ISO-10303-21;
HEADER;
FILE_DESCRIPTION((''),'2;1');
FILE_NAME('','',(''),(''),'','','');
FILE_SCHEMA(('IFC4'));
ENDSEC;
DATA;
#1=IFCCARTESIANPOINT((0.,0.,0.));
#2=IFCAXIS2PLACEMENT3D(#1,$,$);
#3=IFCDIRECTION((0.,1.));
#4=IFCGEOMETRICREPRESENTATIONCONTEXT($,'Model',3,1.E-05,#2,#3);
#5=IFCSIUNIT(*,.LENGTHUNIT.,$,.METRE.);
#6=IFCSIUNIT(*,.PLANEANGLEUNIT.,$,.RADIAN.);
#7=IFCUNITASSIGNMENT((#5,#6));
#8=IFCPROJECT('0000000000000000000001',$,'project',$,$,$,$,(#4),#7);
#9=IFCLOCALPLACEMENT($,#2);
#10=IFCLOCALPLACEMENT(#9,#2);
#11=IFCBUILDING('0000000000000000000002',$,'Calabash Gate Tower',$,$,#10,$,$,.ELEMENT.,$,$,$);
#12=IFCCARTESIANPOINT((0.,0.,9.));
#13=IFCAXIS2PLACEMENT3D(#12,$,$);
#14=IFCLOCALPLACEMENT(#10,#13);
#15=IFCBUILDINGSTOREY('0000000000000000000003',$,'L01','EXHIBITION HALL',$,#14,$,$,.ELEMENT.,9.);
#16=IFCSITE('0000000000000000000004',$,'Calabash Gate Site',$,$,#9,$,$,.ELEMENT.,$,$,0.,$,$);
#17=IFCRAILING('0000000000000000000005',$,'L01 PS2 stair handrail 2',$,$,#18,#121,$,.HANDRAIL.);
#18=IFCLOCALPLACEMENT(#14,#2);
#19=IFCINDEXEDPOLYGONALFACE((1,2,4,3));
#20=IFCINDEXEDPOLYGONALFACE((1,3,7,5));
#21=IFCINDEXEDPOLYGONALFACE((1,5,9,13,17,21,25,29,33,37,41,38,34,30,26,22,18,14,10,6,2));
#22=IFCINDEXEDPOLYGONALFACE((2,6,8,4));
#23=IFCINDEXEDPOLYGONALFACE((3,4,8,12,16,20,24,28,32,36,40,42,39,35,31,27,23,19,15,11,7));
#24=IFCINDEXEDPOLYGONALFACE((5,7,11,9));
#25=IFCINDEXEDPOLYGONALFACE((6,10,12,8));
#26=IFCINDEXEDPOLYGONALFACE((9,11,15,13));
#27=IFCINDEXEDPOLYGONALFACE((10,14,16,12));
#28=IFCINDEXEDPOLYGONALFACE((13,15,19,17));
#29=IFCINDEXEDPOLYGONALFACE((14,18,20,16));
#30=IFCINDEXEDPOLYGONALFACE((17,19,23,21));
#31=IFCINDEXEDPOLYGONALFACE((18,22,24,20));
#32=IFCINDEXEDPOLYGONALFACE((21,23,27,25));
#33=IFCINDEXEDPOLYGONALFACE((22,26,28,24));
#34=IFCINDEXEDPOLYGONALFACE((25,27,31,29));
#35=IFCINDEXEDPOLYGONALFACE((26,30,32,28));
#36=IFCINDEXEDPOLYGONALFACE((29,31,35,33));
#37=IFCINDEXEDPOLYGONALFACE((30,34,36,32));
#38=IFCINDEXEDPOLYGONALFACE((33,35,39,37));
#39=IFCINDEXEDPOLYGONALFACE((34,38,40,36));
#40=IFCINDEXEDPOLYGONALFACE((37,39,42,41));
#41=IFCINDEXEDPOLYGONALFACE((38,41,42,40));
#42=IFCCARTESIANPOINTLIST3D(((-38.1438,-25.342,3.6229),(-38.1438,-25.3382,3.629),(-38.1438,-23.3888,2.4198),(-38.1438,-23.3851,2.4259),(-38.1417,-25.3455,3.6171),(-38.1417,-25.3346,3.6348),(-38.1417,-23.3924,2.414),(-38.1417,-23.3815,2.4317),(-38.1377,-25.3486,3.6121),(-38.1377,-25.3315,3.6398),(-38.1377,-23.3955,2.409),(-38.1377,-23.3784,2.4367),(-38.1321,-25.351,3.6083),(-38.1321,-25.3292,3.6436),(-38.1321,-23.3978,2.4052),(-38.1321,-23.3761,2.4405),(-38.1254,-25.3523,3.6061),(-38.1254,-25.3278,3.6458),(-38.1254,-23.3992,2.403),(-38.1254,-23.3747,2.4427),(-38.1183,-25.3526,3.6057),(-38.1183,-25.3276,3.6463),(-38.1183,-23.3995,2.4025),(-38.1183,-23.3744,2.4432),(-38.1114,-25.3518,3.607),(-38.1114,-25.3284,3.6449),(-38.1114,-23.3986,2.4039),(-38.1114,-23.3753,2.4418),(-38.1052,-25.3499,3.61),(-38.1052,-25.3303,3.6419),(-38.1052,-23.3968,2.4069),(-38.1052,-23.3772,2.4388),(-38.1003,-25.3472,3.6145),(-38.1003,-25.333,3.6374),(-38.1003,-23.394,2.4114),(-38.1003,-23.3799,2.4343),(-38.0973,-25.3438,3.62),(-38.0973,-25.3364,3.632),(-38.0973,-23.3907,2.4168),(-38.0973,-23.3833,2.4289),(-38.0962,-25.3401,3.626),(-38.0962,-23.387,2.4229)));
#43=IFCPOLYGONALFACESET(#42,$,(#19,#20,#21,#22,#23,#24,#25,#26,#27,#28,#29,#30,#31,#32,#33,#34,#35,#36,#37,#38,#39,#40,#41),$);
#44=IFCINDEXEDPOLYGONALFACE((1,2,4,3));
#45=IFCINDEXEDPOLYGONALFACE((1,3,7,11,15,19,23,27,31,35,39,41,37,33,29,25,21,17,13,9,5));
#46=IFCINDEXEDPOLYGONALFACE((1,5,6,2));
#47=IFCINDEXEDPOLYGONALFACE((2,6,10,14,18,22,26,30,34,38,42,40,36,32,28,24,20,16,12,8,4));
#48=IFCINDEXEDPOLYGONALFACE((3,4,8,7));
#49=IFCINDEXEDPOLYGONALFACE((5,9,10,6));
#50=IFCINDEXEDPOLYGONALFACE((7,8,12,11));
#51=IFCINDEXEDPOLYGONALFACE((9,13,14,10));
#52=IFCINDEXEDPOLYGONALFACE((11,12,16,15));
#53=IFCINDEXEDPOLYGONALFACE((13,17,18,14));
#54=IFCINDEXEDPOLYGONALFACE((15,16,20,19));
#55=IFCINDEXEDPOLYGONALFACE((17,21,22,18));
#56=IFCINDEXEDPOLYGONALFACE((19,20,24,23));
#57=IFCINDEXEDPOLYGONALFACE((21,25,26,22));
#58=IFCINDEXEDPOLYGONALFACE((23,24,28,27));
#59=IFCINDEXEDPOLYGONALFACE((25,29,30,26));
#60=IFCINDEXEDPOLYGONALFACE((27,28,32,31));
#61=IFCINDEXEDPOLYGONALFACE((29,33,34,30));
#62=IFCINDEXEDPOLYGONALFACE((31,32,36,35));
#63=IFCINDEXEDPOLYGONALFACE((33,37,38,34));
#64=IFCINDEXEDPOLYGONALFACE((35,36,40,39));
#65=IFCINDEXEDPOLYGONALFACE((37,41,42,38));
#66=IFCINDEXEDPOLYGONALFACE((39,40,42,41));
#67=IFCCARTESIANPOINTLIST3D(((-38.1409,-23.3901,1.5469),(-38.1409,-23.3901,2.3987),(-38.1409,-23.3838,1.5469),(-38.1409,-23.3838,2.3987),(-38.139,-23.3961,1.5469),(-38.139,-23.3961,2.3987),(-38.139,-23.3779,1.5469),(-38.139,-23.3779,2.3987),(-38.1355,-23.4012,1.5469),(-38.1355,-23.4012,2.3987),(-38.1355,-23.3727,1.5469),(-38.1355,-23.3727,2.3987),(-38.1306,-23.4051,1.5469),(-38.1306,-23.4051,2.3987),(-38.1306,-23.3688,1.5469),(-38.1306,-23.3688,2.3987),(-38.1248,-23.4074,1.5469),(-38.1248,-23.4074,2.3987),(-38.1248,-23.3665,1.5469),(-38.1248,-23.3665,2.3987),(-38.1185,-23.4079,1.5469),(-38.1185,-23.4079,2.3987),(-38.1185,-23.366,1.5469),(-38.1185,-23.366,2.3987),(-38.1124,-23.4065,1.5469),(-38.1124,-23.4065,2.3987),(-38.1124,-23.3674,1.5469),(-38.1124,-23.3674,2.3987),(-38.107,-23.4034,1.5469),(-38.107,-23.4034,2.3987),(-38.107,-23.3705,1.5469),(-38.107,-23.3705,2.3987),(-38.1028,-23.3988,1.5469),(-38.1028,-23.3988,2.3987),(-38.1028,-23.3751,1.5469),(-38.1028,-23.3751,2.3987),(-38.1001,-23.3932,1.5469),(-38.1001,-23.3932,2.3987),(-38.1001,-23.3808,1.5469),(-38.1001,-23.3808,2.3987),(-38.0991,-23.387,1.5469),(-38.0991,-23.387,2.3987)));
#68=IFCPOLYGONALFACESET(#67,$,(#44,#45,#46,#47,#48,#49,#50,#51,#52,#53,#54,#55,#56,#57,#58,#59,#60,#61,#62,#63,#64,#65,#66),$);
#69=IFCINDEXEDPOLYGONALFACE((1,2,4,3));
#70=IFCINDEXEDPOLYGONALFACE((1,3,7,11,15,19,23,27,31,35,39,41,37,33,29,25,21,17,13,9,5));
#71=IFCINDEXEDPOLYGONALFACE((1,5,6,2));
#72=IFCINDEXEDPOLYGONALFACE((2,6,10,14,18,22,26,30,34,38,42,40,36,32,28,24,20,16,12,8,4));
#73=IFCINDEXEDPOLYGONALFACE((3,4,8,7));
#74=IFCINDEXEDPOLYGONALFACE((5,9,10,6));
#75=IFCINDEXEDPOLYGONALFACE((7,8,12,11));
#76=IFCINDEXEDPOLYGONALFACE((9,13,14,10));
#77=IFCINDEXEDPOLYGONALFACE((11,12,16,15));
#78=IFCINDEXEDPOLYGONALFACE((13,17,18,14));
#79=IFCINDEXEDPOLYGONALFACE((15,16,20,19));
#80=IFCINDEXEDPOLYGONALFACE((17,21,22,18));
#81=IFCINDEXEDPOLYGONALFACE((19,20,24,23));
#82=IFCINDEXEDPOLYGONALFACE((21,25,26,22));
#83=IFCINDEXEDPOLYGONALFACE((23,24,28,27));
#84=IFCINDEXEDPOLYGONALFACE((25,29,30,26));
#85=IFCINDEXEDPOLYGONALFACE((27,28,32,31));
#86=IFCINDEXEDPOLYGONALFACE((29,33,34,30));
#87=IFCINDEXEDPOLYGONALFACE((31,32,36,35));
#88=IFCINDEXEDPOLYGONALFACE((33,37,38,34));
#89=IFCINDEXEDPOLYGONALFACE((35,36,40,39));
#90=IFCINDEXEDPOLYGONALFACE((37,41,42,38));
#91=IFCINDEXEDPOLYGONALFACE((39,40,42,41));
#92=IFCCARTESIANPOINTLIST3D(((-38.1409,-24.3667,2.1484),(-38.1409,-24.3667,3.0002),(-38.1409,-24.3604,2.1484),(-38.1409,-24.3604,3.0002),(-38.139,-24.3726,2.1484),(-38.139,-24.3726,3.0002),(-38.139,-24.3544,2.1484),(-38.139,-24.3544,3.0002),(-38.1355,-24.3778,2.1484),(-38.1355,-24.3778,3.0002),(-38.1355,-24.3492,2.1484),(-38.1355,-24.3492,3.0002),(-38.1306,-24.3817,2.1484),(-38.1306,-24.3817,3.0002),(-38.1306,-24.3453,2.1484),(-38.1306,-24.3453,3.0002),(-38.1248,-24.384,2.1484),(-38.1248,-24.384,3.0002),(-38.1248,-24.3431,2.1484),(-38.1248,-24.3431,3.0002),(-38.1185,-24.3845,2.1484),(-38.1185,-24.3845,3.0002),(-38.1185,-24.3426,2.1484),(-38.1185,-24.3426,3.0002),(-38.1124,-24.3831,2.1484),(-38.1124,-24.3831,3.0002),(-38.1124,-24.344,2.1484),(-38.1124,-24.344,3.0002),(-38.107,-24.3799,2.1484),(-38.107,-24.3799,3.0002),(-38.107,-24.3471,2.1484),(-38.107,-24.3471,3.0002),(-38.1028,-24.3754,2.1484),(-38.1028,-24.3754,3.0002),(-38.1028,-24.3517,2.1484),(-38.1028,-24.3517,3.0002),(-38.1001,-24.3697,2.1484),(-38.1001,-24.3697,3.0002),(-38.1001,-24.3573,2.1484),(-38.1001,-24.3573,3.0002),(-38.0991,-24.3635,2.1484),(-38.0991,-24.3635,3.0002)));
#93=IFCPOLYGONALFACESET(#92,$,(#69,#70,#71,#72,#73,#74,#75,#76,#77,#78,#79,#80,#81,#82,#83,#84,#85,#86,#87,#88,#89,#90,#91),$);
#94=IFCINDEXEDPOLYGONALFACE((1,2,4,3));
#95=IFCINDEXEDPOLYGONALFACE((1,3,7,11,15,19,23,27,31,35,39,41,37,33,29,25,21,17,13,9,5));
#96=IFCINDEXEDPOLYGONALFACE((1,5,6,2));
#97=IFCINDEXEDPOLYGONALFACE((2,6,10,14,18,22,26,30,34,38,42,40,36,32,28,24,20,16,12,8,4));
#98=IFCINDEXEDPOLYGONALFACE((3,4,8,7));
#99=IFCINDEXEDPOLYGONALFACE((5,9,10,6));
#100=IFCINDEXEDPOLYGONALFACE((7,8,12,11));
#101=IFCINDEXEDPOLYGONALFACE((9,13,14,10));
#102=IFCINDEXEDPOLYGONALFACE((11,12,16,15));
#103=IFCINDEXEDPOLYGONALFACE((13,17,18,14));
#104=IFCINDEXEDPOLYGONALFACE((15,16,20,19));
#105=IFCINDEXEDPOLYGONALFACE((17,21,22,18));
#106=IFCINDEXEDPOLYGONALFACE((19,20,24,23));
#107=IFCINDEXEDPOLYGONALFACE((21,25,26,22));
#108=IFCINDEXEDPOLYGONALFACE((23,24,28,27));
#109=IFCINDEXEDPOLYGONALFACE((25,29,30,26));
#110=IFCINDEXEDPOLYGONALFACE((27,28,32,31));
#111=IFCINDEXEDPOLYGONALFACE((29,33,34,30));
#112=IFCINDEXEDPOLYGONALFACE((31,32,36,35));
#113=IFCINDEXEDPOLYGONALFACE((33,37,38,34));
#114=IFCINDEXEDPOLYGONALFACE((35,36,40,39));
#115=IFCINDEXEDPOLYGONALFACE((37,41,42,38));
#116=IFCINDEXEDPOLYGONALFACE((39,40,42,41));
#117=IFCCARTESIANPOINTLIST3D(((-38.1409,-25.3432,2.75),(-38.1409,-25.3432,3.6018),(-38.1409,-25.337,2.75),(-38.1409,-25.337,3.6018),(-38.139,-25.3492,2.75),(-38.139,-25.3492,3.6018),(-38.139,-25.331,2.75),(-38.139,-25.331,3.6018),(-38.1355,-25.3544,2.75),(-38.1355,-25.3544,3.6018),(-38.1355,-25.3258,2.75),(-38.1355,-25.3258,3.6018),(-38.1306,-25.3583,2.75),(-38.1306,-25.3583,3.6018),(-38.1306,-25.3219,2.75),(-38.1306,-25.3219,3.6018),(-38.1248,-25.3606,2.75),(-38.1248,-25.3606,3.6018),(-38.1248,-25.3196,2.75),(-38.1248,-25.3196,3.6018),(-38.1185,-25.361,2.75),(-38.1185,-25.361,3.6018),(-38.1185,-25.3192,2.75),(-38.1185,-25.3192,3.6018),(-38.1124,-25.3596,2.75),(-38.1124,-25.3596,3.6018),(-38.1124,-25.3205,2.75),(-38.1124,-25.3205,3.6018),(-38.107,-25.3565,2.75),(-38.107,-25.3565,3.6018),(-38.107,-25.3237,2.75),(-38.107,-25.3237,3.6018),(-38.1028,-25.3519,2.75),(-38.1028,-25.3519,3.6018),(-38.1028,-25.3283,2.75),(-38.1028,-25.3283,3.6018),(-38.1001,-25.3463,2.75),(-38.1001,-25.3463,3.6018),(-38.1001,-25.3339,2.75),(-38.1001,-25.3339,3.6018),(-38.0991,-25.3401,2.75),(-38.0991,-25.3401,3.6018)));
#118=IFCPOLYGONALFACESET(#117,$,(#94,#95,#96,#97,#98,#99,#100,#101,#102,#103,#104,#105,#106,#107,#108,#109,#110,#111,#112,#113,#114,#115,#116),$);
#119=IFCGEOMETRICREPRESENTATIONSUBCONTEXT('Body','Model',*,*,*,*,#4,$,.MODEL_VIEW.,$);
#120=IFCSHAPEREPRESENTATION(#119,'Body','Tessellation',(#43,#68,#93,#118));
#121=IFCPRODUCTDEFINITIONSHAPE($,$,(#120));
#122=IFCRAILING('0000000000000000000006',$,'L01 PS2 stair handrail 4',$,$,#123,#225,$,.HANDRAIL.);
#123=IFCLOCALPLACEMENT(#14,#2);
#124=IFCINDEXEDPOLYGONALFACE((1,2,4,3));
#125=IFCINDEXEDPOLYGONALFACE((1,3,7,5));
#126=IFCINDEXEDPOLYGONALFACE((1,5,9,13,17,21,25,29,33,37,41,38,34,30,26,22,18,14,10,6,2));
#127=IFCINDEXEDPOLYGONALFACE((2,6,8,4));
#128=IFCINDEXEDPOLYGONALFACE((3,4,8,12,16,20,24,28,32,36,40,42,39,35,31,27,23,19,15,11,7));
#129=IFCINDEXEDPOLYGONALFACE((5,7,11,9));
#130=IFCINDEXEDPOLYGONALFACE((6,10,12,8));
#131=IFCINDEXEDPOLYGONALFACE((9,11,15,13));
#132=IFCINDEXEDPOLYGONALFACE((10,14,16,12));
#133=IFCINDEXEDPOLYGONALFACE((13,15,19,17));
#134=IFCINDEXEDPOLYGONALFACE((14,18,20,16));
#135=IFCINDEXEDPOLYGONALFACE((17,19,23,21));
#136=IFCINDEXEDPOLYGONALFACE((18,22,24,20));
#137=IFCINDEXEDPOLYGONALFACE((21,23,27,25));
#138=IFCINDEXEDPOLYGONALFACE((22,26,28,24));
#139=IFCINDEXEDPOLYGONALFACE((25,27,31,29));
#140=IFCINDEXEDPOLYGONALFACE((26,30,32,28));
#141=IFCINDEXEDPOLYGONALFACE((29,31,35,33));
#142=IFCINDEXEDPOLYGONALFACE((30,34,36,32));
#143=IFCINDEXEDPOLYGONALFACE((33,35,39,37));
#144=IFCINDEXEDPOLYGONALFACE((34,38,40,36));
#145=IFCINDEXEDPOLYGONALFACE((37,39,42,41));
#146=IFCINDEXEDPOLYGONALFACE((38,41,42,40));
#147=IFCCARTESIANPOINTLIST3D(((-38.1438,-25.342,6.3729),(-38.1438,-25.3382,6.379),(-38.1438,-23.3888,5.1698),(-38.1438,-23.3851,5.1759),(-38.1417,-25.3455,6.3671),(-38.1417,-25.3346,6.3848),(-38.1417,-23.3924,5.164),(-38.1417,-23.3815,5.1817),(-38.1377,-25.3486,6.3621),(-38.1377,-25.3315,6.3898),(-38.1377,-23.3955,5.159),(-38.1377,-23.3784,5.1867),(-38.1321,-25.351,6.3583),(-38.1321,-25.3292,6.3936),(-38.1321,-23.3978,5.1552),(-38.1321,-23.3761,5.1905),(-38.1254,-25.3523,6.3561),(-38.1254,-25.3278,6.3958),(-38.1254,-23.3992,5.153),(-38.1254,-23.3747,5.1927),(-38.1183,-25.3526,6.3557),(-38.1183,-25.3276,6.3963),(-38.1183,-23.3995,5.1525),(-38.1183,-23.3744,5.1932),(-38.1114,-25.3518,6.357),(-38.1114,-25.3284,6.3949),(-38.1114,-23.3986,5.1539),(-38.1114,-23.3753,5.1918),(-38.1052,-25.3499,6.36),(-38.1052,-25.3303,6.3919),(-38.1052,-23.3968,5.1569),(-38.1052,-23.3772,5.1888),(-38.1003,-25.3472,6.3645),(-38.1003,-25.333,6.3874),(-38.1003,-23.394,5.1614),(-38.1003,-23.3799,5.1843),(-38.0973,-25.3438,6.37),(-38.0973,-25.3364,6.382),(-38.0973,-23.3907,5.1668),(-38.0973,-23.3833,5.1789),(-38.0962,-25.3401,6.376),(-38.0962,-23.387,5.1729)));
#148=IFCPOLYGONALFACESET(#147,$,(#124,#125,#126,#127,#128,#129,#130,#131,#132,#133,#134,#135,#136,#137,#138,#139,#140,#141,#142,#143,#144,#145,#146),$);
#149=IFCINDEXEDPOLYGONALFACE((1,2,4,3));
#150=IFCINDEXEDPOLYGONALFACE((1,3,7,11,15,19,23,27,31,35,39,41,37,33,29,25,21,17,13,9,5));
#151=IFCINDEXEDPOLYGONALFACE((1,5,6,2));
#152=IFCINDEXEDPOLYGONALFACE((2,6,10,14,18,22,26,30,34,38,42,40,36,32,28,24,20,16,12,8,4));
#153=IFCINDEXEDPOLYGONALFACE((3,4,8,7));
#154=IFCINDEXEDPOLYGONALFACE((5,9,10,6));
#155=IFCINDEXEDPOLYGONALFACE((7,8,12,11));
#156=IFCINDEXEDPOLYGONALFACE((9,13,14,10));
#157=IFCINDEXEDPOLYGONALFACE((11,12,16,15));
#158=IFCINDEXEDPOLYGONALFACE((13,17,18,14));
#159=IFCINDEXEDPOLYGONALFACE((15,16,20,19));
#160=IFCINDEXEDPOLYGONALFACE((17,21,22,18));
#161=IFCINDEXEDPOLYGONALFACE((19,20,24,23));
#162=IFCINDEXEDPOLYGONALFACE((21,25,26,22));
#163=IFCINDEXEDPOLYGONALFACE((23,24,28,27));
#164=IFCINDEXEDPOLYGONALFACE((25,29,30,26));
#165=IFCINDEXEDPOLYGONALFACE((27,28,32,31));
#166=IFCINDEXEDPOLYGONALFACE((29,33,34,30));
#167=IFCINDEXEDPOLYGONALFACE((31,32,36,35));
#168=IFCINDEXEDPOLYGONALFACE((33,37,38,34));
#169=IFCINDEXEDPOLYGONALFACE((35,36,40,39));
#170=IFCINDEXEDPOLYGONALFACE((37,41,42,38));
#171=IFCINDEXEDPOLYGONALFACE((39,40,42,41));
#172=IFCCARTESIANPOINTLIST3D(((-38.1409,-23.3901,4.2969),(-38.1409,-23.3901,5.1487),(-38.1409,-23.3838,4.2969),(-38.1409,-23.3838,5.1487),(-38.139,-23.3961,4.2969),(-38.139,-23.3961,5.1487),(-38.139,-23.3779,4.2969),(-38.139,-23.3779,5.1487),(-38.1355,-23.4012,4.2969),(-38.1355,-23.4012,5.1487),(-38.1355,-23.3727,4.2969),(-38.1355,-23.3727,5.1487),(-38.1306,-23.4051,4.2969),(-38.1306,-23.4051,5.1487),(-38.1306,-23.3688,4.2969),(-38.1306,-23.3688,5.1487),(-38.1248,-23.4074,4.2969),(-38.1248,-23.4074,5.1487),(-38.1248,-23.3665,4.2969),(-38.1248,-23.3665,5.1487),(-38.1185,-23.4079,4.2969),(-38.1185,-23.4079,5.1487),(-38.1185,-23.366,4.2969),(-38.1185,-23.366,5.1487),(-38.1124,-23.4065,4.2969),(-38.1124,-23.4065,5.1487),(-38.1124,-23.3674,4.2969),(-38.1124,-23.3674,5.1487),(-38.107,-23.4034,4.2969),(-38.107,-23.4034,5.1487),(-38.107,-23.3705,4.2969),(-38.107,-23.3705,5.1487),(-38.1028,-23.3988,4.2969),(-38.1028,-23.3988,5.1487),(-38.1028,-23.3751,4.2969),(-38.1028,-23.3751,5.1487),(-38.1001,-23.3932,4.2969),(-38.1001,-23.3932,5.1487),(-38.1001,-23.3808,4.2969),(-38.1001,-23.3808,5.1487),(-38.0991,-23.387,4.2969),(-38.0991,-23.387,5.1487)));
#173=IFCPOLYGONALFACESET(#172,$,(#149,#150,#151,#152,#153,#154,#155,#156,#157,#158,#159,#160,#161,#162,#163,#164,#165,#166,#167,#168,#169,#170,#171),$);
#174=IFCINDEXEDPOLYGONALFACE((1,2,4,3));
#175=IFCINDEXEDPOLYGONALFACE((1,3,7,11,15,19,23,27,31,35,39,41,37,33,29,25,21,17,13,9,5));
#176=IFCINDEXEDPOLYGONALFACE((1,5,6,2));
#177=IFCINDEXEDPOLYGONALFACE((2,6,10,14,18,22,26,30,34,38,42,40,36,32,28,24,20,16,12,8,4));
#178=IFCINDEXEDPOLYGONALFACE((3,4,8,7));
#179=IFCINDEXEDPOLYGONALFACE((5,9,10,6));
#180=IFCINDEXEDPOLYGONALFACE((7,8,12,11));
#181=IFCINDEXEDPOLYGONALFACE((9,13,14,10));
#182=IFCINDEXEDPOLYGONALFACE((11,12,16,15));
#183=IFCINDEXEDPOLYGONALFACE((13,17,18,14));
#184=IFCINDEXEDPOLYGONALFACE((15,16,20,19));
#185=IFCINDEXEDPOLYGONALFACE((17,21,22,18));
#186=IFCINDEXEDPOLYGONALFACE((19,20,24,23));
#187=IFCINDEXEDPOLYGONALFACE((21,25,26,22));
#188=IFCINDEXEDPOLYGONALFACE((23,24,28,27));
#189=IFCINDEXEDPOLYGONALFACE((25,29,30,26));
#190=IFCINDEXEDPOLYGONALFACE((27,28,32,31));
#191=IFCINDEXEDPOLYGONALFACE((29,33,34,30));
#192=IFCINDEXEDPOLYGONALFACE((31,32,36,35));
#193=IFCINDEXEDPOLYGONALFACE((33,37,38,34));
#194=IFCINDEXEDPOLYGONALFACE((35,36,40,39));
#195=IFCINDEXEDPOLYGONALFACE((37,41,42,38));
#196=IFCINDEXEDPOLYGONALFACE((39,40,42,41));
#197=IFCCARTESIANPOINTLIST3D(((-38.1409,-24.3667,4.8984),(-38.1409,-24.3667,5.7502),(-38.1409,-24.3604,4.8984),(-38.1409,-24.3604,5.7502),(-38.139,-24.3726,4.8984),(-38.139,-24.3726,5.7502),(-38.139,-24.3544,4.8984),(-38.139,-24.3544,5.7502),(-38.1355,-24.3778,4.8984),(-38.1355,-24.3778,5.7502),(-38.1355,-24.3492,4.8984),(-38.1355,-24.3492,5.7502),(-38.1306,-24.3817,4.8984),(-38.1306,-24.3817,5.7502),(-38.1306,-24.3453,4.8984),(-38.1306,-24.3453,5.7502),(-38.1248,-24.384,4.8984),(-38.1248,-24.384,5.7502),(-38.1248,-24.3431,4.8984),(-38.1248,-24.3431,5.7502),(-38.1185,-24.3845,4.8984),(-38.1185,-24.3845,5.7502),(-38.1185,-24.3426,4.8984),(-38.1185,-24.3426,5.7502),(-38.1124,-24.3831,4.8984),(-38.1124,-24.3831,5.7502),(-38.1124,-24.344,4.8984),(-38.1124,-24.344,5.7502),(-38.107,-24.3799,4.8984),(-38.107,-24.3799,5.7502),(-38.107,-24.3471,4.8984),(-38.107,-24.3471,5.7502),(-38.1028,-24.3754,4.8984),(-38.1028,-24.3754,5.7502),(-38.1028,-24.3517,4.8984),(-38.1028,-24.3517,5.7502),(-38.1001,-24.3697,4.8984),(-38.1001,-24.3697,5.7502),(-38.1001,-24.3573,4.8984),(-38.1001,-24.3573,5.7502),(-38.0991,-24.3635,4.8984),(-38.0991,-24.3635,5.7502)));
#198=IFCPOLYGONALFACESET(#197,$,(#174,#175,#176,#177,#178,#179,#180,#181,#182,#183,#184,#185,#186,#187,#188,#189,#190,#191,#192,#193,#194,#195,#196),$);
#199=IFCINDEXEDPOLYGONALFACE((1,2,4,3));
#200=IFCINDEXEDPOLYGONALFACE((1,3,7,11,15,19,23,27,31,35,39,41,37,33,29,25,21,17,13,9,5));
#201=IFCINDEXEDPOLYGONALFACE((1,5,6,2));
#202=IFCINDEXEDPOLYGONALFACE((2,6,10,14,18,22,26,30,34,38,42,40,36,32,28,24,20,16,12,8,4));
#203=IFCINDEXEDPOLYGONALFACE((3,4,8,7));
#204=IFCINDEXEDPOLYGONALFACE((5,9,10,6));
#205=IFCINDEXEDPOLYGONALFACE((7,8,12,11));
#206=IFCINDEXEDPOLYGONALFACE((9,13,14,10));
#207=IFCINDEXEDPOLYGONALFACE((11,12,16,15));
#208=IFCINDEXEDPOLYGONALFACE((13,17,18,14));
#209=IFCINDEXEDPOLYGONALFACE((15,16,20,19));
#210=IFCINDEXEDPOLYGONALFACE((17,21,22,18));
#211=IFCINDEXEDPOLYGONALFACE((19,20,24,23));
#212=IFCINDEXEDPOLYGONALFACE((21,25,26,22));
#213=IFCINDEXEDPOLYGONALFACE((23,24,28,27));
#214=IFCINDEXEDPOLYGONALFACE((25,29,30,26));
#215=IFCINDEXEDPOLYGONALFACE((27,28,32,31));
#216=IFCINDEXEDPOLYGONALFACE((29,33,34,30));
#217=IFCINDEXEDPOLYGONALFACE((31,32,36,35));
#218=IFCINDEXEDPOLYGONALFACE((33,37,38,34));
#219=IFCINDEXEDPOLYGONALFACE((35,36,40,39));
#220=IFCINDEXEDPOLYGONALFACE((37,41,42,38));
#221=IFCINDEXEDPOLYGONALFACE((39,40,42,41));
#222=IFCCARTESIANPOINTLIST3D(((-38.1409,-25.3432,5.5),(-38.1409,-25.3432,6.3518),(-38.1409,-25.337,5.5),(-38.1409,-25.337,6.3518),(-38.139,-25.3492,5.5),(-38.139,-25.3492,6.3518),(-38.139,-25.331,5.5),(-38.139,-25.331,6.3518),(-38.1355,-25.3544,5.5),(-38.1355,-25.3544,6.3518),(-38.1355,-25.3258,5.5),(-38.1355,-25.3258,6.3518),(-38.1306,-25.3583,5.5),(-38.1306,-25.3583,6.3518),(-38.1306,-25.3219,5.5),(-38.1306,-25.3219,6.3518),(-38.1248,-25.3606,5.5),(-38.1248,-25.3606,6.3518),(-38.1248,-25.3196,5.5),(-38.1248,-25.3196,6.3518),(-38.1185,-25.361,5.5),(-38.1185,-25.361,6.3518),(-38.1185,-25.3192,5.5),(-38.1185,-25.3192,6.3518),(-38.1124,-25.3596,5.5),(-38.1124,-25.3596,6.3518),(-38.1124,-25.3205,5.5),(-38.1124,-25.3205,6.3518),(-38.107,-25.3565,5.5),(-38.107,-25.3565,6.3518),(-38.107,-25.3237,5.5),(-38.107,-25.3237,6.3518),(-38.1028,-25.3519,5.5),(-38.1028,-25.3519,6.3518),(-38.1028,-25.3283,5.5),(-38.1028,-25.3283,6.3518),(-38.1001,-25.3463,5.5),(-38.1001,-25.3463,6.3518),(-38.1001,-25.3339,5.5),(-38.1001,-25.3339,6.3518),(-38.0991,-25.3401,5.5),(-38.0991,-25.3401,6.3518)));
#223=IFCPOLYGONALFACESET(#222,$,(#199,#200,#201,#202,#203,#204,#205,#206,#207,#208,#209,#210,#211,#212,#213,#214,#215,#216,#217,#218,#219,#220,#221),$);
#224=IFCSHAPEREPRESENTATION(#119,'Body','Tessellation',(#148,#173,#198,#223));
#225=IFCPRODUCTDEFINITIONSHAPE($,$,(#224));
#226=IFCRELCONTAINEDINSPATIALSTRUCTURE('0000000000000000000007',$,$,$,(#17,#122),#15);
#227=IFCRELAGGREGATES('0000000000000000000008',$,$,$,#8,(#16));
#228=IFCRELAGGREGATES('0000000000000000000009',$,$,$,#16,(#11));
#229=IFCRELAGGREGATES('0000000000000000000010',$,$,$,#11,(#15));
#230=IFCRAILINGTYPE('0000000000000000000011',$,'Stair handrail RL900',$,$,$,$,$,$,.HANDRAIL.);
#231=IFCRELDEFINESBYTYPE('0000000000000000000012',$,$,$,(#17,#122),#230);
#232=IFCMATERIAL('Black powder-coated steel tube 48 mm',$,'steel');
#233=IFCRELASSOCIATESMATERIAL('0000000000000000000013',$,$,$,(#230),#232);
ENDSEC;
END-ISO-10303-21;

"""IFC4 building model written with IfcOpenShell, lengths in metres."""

from ifc_helpers import new_model, si_unit, direction, frame, origin, origin_2d, place, context, subcontext, project, spatial, circle, extrude, material, type_object, element, save


model = new_model("IFC4")

# Units and contexts
model_context = context("Model", 3, precision=1e-05, world=origin(), true_north=direction((0.0, 1.0)))
body_context = subcontext(model_context, "Body", "Model", "MODEL_VIEW")
ifc_project = project(units=[si_unit("LENGTHUNIT", "METRE"), si_unit("PLANEANGLEUNIT", "RADIAN")], contexts=[model_context])

# Site, building, storey
site_placement = place(None, origin())
site = spatial("IfcSite", under=ifc_project, at=site_placement, Name="Calabash Gate Site", CompositionType="ELEMENT", RefElevation=0.0)
building_placement = place(site_placement, origin())
building = spatial("IfcBuilding", under=site, at=building_placement, Name="Calabash Gate Tower", CompositionType="ELEMENT")
storey_placement = place(building_placement, frame((0.0, 0.0, 9.0)))
storey = spatial("IfcBuildingStorey", under=building, at=storey_placement, Name="L01", Description="EXHIBITION HALL", CompositionType="ELEMENT", Elevation=9.0)

# Railings
ifc_material_1 = material(Name="Black powder-coated steel tube 48 mm", Category="steel")
railing_type_1 = type_object("IfcRailingType", Name="Stair handrail RL900", PredefinedType="HANDRAIL", material=ifc_material_1)
for number, where, name in (
    (1, (-38.1201, -23.387, 1.5469), "L01 PS2 stair handrail 2"),
    (2, (-38.1201, -23.387, 4.2969), "L01 PS2 stair handrail 4"),
):
    element("IfcRailing", number, at=place(storey_placement, frame(where)), inside=storey, type_object=railing_type_1, Name=name, PredefinedType="HANDRAIL", context=body_context, shape_type="SweptSolid", body=[
        extrude(circle(Radius=0.0239, at=origin_2d()), frame((0.0, 0.0, 0.876), z_axis=(0.0, -0.851424, 0.524477), x_axis=(1.0, 0.0, 0.0)), (0.0, 0.0, 1.0), 2.2939),
        extrude(circle(Radius=0.021, at=origin_2d()), origin(), (0.0, 0.0, 1.0), 0.8518),
        extrude(circle(Radius=0.021, at=origin_2d()), frame((0.0, -0.9766, 0.6016)), (0.0, 0.0, 1.0), 0.8518),
        extrude(circle(Radius=0.021, at=origin_2d()), frame((0.0, -1.9531, 1.2031)), (0.0, 0.0, 1.0), 0.8518),
    ])

save(model, "model.ifc")
